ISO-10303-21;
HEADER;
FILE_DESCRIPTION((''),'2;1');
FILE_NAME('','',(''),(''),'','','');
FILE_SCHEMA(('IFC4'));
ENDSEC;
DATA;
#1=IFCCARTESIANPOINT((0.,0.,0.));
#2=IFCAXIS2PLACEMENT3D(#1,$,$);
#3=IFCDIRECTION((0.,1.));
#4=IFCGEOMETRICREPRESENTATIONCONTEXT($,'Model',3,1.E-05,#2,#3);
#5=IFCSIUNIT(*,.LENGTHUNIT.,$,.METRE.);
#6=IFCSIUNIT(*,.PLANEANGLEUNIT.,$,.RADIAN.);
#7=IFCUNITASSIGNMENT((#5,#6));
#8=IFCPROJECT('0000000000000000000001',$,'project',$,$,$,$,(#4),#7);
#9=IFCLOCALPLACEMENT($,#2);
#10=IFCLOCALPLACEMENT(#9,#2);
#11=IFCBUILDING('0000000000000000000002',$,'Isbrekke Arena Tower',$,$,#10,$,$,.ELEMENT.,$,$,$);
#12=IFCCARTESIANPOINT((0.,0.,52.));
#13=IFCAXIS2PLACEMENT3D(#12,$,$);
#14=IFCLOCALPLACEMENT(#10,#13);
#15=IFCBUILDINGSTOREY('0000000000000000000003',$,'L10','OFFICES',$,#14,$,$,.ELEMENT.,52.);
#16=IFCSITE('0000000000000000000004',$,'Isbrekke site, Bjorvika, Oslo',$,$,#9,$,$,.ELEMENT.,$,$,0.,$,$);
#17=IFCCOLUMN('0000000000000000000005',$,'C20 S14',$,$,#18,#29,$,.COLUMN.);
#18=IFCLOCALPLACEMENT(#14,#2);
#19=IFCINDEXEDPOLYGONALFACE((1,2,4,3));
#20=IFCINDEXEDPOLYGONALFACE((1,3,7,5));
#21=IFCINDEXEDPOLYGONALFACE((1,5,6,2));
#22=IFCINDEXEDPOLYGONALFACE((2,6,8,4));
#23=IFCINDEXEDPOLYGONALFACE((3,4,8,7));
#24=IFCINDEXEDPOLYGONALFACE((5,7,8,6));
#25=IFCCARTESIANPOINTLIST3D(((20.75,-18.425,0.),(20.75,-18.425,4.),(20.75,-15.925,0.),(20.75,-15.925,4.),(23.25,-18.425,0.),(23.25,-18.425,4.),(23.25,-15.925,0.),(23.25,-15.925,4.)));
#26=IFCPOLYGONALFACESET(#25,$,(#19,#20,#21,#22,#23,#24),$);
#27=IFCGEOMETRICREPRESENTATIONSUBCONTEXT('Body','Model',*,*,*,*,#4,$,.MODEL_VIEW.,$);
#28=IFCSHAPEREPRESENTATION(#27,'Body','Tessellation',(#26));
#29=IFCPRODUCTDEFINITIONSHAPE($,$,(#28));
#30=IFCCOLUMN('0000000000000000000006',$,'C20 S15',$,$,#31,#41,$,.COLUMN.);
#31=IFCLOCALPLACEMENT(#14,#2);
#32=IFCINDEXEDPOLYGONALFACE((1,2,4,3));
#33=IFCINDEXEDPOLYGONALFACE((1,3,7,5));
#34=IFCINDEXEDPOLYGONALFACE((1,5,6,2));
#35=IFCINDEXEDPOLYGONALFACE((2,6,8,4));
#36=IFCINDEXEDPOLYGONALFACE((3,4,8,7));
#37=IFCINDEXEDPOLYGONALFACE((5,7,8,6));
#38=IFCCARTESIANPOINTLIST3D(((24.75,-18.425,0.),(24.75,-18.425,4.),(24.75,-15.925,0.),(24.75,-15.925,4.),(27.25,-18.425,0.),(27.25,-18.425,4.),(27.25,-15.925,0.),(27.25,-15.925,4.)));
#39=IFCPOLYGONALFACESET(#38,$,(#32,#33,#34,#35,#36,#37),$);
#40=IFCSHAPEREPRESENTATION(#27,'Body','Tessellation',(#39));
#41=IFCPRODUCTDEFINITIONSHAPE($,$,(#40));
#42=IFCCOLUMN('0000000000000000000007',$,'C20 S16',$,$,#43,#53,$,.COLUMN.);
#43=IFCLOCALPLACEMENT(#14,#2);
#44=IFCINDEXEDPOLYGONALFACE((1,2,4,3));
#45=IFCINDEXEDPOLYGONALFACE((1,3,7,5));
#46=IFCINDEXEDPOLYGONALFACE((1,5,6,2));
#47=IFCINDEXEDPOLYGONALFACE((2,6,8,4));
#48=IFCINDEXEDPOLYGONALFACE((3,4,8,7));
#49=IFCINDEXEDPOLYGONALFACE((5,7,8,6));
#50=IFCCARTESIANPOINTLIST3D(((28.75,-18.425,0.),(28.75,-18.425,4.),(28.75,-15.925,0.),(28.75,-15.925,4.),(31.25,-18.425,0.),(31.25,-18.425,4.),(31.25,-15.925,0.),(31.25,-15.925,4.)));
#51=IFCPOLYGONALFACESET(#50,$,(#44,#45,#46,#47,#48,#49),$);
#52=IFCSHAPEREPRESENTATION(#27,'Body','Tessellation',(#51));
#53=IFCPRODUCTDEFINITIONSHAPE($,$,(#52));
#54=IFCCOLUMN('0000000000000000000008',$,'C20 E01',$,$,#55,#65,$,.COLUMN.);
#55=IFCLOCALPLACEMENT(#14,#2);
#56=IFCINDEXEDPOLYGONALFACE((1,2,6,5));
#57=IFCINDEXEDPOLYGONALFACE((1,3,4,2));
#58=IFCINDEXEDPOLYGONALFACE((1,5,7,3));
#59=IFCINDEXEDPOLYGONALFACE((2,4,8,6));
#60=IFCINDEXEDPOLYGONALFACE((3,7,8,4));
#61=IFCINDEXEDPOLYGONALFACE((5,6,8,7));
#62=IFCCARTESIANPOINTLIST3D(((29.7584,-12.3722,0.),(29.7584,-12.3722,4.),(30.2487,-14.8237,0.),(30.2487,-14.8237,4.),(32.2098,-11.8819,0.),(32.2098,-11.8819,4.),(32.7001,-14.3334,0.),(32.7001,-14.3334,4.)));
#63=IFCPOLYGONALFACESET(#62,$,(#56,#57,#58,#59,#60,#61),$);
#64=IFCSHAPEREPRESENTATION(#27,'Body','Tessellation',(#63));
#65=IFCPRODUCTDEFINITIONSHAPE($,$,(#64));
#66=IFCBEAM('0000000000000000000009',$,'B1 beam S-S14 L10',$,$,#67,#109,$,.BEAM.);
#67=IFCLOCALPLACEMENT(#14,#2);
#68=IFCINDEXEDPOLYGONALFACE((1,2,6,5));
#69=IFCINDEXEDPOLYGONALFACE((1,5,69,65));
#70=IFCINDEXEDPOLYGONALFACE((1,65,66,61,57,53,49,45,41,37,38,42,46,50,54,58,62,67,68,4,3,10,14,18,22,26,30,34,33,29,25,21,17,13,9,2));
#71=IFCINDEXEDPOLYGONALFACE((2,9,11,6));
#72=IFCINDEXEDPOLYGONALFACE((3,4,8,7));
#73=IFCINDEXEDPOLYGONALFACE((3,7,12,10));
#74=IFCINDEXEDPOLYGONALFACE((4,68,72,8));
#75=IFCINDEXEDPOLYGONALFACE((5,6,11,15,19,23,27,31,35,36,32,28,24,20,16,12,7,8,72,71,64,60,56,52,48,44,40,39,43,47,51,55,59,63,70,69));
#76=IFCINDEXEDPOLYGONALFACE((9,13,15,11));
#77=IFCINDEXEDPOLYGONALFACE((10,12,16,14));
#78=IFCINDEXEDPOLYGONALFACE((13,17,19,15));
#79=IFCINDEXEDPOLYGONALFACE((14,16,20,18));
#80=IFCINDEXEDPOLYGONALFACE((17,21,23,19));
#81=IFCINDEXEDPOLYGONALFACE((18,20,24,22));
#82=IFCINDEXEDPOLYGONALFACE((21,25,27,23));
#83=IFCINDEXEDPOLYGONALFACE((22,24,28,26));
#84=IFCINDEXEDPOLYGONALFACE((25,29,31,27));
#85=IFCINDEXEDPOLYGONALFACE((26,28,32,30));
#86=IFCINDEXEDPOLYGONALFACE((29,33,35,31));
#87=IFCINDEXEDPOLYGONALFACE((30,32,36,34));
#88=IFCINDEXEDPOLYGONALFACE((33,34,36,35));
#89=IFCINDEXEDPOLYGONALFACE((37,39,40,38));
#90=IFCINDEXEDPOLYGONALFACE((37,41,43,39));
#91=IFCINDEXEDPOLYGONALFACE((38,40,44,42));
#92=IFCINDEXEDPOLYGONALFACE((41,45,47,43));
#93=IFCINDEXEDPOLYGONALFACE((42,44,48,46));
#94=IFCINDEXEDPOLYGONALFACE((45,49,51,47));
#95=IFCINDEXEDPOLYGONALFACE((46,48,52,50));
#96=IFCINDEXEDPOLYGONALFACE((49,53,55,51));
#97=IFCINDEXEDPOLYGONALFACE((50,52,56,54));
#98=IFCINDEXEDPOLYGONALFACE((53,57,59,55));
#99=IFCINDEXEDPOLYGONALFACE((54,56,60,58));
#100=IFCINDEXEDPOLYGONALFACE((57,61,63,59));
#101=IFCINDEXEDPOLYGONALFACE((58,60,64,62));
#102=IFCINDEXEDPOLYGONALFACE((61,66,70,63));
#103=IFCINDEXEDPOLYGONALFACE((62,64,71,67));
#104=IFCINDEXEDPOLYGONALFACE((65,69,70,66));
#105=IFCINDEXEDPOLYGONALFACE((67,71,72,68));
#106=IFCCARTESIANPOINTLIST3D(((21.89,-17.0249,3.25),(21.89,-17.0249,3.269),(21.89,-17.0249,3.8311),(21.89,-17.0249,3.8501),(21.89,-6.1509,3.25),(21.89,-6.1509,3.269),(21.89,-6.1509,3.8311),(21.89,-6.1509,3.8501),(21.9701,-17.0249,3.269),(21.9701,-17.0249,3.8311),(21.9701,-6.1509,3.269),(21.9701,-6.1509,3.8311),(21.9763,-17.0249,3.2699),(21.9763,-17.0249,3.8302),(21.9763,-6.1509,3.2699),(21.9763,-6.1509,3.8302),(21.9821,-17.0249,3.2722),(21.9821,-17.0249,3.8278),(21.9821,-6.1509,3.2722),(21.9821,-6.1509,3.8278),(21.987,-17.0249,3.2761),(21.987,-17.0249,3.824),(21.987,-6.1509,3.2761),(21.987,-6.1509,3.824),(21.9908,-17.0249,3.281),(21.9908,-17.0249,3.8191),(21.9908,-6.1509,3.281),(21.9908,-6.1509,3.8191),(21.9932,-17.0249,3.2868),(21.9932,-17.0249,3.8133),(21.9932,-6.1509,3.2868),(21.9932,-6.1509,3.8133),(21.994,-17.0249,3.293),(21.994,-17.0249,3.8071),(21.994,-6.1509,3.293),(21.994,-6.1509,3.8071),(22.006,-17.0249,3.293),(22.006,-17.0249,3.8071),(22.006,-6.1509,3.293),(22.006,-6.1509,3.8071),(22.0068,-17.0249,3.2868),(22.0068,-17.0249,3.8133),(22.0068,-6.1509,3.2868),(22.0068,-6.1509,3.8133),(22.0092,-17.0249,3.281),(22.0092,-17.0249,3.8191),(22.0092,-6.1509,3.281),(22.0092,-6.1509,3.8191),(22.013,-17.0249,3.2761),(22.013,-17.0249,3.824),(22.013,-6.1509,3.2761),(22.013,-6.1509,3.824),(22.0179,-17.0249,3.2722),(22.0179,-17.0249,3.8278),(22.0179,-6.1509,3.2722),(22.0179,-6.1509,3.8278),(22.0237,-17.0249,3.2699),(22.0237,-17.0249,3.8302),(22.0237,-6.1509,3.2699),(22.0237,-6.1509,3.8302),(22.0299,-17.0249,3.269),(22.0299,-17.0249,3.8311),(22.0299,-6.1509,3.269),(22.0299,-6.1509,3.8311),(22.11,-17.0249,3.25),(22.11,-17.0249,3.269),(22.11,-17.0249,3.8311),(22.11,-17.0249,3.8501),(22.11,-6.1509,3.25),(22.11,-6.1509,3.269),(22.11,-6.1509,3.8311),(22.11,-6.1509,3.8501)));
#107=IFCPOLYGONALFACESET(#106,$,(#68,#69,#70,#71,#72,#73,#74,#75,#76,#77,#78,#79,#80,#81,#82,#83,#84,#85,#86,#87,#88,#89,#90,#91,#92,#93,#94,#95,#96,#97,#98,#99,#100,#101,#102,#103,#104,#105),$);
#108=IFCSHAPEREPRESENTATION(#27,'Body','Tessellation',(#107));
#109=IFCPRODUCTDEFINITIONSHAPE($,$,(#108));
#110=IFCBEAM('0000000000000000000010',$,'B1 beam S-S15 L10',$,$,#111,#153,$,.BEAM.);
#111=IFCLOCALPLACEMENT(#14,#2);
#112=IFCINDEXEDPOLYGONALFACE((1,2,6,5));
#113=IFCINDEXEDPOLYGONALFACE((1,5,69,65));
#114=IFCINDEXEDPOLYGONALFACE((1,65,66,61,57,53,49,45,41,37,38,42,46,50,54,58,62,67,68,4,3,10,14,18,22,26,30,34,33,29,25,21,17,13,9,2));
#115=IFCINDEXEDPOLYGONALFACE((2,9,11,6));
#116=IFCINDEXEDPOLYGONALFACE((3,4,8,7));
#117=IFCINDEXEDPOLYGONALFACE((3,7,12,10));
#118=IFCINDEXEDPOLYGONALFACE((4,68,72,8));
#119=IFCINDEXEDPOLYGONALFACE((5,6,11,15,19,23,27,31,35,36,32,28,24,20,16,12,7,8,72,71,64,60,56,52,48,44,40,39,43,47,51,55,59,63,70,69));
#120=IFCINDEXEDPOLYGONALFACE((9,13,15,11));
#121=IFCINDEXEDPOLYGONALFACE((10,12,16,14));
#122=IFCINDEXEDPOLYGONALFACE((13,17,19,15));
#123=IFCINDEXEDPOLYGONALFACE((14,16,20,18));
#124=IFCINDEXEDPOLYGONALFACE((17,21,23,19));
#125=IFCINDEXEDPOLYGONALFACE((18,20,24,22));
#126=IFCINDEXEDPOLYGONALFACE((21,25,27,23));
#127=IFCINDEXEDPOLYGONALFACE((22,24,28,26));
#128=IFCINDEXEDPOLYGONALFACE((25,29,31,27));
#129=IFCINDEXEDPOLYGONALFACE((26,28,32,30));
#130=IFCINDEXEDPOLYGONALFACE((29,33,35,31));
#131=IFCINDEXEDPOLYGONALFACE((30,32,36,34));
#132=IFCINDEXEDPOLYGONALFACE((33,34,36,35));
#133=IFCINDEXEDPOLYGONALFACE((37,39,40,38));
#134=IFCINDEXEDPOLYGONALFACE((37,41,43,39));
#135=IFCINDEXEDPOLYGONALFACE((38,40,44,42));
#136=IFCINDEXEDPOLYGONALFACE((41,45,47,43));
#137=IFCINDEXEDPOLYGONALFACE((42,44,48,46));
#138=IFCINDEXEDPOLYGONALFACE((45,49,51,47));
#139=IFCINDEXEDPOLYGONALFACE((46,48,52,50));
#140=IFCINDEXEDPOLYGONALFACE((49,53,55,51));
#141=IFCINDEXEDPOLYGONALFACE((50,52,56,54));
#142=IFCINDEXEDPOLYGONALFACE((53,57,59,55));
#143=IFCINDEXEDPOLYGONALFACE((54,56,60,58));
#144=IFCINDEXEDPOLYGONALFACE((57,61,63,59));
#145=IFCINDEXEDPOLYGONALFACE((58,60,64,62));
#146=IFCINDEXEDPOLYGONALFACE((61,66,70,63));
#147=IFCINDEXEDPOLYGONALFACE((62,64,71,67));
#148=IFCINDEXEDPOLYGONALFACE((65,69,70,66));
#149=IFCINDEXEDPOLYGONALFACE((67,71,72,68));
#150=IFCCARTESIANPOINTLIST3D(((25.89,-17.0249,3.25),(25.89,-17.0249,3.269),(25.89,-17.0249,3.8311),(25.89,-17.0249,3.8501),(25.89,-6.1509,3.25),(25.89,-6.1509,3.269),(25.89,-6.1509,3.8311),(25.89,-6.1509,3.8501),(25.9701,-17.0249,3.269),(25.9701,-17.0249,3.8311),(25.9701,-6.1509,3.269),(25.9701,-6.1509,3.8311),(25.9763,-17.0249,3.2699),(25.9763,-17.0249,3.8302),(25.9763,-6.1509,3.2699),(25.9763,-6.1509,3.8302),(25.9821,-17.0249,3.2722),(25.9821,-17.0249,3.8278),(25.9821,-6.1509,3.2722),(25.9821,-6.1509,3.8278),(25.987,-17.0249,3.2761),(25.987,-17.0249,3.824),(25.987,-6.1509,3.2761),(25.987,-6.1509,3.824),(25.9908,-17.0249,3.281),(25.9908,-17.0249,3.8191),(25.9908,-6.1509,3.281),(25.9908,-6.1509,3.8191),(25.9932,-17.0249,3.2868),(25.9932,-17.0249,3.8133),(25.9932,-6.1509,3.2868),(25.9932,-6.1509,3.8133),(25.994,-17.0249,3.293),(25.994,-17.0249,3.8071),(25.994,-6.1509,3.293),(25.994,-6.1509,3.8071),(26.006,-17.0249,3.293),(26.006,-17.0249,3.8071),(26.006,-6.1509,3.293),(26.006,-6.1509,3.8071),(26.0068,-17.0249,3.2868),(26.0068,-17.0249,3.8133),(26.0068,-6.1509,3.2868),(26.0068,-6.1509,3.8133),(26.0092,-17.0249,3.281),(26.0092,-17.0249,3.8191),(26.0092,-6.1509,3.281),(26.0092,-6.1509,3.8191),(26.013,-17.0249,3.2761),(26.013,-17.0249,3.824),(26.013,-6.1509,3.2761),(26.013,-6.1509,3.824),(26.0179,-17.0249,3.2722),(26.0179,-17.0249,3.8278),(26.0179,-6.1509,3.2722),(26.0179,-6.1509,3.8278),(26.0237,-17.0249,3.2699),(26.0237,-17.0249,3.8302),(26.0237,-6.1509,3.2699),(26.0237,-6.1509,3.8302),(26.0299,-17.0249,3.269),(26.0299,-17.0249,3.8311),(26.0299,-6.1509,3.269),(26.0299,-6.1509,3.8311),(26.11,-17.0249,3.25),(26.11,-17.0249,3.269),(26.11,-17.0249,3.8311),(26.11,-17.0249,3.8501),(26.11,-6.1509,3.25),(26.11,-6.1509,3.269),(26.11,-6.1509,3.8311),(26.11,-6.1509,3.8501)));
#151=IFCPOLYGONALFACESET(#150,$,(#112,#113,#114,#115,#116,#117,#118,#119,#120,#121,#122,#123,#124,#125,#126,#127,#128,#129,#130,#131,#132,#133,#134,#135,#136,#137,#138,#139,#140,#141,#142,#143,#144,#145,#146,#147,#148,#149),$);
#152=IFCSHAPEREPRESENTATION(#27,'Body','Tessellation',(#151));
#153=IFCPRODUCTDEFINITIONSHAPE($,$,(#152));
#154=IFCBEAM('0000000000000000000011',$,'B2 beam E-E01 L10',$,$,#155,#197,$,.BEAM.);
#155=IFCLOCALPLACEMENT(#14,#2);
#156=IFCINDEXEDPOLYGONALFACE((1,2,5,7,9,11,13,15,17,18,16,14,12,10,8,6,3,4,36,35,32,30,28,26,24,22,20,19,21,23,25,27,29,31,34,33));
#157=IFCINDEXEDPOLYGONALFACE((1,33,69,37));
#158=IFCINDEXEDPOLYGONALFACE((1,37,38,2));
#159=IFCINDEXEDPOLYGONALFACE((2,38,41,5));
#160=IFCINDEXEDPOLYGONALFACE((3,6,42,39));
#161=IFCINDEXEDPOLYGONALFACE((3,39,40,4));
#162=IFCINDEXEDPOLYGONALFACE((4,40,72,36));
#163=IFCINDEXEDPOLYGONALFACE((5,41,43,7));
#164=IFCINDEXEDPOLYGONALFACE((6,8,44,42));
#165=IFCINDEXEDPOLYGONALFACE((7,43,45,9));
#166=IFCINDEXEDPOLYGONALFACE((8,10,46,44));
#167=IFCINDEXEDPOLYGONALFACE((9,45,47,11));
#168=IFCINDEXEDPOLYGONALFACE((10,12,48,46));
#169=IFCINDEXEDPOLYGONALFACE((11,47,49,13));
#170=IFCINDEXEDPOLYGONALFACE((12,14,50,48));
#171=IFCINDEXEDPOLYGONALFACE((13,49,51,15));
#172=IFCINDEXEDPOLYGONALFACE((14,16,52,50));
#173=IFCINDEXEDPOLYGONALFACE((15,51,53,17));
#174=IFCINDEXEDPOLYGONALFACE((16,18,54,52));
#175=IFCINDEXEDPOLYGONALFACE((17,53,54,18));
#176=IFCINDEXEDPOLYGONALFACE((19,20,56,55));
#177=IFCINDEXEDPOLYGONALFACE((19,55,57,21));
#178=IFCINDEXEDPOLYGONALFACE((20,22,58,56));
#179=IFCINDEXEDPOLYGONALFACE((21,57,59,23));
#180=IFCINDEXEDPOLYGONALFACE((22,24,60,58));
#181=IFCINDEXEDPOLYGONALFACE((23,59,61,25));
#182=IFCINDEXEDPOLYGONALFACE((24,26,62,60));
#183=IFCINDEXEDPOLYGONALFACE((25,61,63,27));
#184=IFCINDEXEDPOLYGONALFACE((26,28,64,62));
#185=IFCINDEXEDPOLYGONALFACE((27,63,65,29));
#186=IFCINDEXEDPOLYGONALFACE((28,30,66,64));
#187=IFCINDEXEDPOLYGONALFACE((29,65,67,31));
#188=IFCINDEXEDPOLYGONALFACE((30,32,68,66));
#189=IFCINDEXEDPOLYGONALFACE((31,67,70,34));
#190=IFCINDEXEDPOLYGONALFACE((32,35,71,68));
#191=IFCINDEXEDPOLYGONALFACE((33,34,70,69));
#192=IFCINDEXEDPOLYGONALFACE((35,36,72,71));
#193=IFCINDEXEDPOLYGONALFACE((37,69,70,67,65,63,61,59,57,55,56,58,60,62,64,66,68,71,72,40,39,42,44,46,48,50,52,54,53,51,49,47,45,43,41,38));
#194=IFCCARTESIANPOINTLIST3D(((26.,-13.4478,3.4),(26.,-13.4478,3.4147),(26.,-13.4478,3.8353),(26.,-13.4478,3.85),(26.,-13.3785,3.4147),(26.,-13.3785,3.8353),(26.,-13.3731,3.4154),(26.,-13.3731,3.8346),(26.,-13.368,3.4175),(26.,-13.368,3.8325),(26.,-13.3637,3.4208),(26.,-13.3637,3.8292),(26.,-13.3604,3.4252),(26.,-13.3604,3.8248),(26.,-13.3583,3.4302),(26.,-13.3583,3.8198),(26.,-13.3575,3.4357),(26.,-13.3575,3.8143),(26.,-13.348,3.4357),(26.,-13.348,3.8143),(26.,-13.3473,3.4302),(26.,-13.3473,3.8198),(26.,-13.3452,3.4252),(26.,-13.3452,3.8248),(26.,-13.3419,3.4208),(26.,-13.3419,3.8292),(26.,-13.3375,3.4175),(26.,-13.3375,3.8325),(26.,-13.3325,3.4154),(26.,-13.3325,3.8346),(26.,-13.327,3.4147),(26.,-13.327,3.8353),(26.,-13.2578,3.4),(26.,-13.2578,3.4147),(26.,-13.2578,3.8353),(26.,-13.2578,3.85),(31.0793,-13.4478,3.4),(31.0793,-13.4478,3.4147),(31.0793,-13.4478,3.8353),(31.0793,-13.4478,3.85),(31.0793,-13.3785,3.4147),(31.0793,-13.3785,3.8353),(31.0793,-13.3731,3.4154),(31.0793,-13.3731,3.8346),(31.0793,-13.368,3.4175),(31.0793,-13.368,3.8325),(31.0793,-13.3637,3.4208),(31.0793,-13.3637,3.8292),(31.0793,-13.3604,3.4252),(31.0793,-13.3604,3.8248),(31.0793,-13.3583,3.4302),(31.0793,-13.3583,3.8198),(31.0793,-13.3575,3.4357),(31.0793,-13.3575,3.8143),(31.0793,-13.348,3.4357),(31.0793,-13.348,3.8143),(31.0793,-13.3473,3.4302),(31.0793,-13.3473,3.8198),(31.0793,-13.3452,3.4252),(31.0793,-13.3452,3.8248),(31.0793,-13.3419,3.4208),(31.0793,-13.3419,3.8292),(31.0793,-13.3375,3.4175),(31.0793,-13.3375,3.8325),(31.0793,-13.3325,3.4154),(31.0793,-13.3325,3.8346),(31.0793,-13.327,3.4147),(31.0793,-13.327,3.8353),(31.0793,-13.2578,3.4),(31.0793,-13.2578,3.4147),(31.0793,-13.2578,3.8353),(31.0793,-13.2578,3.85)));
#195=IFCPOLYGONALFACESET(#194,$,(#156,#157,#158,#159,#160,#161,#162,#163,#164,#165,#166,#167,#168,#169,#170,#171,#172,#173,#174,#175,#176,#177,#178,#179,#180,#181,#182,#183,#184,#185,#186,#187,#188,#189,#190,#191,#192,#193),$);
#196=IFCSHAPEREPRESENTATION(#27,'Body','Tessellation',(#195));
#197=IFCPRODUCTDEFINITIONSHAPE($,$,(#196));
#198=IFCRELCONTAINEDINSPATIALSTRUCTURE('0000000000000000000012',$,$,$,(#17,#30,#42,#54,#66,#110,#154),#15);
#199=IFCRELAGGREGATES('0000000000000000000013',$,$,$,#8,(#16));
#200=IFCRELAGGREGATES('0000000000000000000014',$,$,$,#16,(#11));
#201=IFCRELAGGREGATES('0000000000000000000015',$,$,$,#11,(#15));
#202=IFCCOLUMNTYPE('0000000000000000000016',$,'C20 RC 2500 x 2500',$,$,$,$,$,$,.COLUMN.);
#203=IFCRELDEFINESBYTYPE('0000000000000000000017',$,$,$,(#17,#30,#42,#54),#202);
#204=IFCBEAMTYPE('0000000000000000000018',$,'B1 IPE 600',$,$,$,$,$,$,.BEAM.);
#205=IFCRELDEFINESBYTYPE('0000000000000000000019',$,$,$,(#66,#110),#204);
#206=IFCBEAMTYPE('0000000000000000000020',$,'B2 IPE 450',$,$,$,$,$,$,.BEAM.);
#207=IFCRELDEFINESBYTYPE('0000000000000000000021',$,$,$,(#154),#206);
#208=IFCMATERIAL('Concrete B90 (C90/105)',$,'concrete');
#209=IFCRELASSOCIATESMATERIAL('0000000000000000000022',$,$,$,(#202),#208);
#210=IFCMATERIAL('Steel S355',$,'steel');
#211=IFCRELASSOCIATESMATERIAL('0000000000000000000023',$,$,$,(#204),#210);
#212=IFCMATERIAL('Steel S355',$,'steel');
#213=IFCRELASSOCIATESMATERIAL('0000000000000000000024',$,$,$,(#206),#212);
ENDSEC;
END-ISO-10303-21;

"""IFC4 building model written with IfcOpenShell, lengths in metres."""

from ifc_helpers import new_model, si_unit, direction, frame, origin, origin_2d, place, context, subcontext, project, spatial, rectangle, i_section, extrude, material, material_profile, profile_set, type_object, element, save


model = new_model("IFC4")

# Units and contexts
model_context = context("Model", 3, precision=1e-05, world=origin(), true_north=direction((0.0, 1.0)))
body_context = subcontext(model_context, "Body", "Model", "MODEL_VIEW")
ifc_project = project(units=[si_unit("LENGTHUNIT", "METRE"), si_unit("PLANEANGLEUNIT", "RADIAN")], contexts=[model_context])

# Site, building, storey
site_placement = place(None, origin())
site = spatial("IfcSite", under=ifc_project, at=site_placement, Name="Isbrekke site, Bjorvika, Oslo", CompositionType="ELEMENT", RefElevation=0.0)
building_placement = place(site_placement, origin())
building = spatial("IfcBuilding", under=site, at=building_placement, Name="Isbrekke Arena Tower", CompositionType="ELEMENT")
storey_placement = place(building_placement, frame((0.0, 0.0, 52.0)))
storey = spatial("IfcBuildingStorey", under=building, at=storey_placement, Name="L10", Description="OFFICES", CompositionType="ELEMENT", Elevation=52.0)

# Columns
ifc_material_1 = material(Name="Concrete B90 (C90/105)", Category="concrete")
ifc_material_profile_1 = material_profile(ifc_material_1, rectangle(XDim=2.5, YDim=2.5, at=origin_2d()), Name="RC 2500x2500")
ifc_profile_set_1 = profile_set([ifc_material_profile_1], Name="Concrete B90 (C90/105)")
column_type = type_object("IfcColumnType", Name="C20 RC 2500 x 2500", PredefinedType="COLUMN", material=ifc_profile_set_1)
for number, where, z_axis, x_axis, name in (
    (1, (22.0, -17.175, 0.0), (0.0, 0.0, 1.0), (1.0, 0.0, 0.0), "C20 S14"),
    (2, (26.0, -17.175, 0.0), (0.0, 0.0, 1.0), (1.0, 0.0, 0.0), "C20 S15"),
    (3, (30.0, -17.175, 0.0), (0.0, 0.0, 1.0), (1.0, 0.0, 0.0), "C20 S16"),
    (4, (31.2292, -13.3528, 0.0), (0.0, 0.0, 1.0), (-0.196116, 0.980581, 0.0), "C20 E01"),
):
    element("IfcColumn", number, at=place(storey_placement, frame(where, z_axis=z_axis, x_axis=x_axis)), inside=storey, type_object=column_type, Name=name, PredefinedType="COLUMN", context=body_context, shape_type="SweptSolid", body=[
        extrude(rectangle(XDim=2.5, YDim=2.5, at=origin_2d()), origin(), (0.0, 0.0, 1.0), 4.0),
    ])

# Beams
ifc_material_2 = material(Name="Steel S355", Category="steel")
ifc_material_profile_2 = material_profile(ifc_material_2, i_section(OverallWidth=0.22, OverallDepth=0.6001, WebThickness=0.012, FlangeThickness=0.019, FilletRadius=0.0239, at=origin_2d()), Name="IPE 600")
ifc_profile_set_2 = profile_set([ifc_material_profile_2], Name="Steel S355")
beam_type_1 = type_object("IfcBeamType", Name="B1 IPE 600", PredefinedType="BEAM", material=ifc_profile_set_2)
for number, where, z_axis, x_axis, name in (
    (5, (22.0, -17.0249, 3.55), (0.0, 1.0, 0.0), (-1.0, 0.0, 0.0), "B1 beam S-S14 L10"),
    (6, (26.0, -17.0249, 3.55), (0.0, 1.0, 0.0), (-1.0, 0.0, 0.0), "B1 beam S-S15 L10"),
):
    element("IfcBeam", number, at=place(storey_placement, frame(where, z_axis=z_axis, x_axis=x_axis)), inside=storey, type_object=beam_type_1, Name=name, PredefinedType="BEAM", context=body_context, shape_type="SweptSolid", body=[
        extrude(i_section(OverallWidth=0.22, OverallDepth=0.6001, WebThickness=0.012, FlangeThickness=0.019, FilletRadius=0.0239, at=origin_2d()), origin(), (0.0, 0.0, 1.0), 10.874),
    ])
ifc_material_3 = material(Name="Steel S355", Category="steel")
ifc_material_profile_3 = material_profile(ifc_material_3, i_section(OverallWidth=0.1899, OverallDepth=0.45, WebThickness=0.0095, FlangeThickness=0.0146, FilletRadius=0.021, at=origin_2d()), Name="IPE 450")
ifc_profile_set_3 = profile_set([ifc_material_profile_3], Name="Steel S355")
beam_type_2 = type_object("IfcBeamType", Name="B2 IPE 450", PredefinedType="BEAM", material=ifc_profile_set_3)
beam_1_placement = place(storey_placement, frame((31.0793, -13.3528, 3.625), z_axis=(-1.0, 0.0, 0.0), x_axis=(0.0, -1.0, 0.0)))
element("IfcBeam", 7, at=beam_1_placement, inside=storey, type_object=beam_type_2, Name="B2 beam E-E01 L10", PredefinedType="BEAM", context=body_context, shape_type="SweptSolid", body=[
    extrude(i_section(OverallWidth=0.1899, OverallDepth=0.45, WebThickness=0.0095, FlangeThickness=0.0146, FilletRadius=0.021, at=origin_2d()), origin(), (0.0, 0.0, 1.0), 5.0793),
])

save(model, "model.ifc")
